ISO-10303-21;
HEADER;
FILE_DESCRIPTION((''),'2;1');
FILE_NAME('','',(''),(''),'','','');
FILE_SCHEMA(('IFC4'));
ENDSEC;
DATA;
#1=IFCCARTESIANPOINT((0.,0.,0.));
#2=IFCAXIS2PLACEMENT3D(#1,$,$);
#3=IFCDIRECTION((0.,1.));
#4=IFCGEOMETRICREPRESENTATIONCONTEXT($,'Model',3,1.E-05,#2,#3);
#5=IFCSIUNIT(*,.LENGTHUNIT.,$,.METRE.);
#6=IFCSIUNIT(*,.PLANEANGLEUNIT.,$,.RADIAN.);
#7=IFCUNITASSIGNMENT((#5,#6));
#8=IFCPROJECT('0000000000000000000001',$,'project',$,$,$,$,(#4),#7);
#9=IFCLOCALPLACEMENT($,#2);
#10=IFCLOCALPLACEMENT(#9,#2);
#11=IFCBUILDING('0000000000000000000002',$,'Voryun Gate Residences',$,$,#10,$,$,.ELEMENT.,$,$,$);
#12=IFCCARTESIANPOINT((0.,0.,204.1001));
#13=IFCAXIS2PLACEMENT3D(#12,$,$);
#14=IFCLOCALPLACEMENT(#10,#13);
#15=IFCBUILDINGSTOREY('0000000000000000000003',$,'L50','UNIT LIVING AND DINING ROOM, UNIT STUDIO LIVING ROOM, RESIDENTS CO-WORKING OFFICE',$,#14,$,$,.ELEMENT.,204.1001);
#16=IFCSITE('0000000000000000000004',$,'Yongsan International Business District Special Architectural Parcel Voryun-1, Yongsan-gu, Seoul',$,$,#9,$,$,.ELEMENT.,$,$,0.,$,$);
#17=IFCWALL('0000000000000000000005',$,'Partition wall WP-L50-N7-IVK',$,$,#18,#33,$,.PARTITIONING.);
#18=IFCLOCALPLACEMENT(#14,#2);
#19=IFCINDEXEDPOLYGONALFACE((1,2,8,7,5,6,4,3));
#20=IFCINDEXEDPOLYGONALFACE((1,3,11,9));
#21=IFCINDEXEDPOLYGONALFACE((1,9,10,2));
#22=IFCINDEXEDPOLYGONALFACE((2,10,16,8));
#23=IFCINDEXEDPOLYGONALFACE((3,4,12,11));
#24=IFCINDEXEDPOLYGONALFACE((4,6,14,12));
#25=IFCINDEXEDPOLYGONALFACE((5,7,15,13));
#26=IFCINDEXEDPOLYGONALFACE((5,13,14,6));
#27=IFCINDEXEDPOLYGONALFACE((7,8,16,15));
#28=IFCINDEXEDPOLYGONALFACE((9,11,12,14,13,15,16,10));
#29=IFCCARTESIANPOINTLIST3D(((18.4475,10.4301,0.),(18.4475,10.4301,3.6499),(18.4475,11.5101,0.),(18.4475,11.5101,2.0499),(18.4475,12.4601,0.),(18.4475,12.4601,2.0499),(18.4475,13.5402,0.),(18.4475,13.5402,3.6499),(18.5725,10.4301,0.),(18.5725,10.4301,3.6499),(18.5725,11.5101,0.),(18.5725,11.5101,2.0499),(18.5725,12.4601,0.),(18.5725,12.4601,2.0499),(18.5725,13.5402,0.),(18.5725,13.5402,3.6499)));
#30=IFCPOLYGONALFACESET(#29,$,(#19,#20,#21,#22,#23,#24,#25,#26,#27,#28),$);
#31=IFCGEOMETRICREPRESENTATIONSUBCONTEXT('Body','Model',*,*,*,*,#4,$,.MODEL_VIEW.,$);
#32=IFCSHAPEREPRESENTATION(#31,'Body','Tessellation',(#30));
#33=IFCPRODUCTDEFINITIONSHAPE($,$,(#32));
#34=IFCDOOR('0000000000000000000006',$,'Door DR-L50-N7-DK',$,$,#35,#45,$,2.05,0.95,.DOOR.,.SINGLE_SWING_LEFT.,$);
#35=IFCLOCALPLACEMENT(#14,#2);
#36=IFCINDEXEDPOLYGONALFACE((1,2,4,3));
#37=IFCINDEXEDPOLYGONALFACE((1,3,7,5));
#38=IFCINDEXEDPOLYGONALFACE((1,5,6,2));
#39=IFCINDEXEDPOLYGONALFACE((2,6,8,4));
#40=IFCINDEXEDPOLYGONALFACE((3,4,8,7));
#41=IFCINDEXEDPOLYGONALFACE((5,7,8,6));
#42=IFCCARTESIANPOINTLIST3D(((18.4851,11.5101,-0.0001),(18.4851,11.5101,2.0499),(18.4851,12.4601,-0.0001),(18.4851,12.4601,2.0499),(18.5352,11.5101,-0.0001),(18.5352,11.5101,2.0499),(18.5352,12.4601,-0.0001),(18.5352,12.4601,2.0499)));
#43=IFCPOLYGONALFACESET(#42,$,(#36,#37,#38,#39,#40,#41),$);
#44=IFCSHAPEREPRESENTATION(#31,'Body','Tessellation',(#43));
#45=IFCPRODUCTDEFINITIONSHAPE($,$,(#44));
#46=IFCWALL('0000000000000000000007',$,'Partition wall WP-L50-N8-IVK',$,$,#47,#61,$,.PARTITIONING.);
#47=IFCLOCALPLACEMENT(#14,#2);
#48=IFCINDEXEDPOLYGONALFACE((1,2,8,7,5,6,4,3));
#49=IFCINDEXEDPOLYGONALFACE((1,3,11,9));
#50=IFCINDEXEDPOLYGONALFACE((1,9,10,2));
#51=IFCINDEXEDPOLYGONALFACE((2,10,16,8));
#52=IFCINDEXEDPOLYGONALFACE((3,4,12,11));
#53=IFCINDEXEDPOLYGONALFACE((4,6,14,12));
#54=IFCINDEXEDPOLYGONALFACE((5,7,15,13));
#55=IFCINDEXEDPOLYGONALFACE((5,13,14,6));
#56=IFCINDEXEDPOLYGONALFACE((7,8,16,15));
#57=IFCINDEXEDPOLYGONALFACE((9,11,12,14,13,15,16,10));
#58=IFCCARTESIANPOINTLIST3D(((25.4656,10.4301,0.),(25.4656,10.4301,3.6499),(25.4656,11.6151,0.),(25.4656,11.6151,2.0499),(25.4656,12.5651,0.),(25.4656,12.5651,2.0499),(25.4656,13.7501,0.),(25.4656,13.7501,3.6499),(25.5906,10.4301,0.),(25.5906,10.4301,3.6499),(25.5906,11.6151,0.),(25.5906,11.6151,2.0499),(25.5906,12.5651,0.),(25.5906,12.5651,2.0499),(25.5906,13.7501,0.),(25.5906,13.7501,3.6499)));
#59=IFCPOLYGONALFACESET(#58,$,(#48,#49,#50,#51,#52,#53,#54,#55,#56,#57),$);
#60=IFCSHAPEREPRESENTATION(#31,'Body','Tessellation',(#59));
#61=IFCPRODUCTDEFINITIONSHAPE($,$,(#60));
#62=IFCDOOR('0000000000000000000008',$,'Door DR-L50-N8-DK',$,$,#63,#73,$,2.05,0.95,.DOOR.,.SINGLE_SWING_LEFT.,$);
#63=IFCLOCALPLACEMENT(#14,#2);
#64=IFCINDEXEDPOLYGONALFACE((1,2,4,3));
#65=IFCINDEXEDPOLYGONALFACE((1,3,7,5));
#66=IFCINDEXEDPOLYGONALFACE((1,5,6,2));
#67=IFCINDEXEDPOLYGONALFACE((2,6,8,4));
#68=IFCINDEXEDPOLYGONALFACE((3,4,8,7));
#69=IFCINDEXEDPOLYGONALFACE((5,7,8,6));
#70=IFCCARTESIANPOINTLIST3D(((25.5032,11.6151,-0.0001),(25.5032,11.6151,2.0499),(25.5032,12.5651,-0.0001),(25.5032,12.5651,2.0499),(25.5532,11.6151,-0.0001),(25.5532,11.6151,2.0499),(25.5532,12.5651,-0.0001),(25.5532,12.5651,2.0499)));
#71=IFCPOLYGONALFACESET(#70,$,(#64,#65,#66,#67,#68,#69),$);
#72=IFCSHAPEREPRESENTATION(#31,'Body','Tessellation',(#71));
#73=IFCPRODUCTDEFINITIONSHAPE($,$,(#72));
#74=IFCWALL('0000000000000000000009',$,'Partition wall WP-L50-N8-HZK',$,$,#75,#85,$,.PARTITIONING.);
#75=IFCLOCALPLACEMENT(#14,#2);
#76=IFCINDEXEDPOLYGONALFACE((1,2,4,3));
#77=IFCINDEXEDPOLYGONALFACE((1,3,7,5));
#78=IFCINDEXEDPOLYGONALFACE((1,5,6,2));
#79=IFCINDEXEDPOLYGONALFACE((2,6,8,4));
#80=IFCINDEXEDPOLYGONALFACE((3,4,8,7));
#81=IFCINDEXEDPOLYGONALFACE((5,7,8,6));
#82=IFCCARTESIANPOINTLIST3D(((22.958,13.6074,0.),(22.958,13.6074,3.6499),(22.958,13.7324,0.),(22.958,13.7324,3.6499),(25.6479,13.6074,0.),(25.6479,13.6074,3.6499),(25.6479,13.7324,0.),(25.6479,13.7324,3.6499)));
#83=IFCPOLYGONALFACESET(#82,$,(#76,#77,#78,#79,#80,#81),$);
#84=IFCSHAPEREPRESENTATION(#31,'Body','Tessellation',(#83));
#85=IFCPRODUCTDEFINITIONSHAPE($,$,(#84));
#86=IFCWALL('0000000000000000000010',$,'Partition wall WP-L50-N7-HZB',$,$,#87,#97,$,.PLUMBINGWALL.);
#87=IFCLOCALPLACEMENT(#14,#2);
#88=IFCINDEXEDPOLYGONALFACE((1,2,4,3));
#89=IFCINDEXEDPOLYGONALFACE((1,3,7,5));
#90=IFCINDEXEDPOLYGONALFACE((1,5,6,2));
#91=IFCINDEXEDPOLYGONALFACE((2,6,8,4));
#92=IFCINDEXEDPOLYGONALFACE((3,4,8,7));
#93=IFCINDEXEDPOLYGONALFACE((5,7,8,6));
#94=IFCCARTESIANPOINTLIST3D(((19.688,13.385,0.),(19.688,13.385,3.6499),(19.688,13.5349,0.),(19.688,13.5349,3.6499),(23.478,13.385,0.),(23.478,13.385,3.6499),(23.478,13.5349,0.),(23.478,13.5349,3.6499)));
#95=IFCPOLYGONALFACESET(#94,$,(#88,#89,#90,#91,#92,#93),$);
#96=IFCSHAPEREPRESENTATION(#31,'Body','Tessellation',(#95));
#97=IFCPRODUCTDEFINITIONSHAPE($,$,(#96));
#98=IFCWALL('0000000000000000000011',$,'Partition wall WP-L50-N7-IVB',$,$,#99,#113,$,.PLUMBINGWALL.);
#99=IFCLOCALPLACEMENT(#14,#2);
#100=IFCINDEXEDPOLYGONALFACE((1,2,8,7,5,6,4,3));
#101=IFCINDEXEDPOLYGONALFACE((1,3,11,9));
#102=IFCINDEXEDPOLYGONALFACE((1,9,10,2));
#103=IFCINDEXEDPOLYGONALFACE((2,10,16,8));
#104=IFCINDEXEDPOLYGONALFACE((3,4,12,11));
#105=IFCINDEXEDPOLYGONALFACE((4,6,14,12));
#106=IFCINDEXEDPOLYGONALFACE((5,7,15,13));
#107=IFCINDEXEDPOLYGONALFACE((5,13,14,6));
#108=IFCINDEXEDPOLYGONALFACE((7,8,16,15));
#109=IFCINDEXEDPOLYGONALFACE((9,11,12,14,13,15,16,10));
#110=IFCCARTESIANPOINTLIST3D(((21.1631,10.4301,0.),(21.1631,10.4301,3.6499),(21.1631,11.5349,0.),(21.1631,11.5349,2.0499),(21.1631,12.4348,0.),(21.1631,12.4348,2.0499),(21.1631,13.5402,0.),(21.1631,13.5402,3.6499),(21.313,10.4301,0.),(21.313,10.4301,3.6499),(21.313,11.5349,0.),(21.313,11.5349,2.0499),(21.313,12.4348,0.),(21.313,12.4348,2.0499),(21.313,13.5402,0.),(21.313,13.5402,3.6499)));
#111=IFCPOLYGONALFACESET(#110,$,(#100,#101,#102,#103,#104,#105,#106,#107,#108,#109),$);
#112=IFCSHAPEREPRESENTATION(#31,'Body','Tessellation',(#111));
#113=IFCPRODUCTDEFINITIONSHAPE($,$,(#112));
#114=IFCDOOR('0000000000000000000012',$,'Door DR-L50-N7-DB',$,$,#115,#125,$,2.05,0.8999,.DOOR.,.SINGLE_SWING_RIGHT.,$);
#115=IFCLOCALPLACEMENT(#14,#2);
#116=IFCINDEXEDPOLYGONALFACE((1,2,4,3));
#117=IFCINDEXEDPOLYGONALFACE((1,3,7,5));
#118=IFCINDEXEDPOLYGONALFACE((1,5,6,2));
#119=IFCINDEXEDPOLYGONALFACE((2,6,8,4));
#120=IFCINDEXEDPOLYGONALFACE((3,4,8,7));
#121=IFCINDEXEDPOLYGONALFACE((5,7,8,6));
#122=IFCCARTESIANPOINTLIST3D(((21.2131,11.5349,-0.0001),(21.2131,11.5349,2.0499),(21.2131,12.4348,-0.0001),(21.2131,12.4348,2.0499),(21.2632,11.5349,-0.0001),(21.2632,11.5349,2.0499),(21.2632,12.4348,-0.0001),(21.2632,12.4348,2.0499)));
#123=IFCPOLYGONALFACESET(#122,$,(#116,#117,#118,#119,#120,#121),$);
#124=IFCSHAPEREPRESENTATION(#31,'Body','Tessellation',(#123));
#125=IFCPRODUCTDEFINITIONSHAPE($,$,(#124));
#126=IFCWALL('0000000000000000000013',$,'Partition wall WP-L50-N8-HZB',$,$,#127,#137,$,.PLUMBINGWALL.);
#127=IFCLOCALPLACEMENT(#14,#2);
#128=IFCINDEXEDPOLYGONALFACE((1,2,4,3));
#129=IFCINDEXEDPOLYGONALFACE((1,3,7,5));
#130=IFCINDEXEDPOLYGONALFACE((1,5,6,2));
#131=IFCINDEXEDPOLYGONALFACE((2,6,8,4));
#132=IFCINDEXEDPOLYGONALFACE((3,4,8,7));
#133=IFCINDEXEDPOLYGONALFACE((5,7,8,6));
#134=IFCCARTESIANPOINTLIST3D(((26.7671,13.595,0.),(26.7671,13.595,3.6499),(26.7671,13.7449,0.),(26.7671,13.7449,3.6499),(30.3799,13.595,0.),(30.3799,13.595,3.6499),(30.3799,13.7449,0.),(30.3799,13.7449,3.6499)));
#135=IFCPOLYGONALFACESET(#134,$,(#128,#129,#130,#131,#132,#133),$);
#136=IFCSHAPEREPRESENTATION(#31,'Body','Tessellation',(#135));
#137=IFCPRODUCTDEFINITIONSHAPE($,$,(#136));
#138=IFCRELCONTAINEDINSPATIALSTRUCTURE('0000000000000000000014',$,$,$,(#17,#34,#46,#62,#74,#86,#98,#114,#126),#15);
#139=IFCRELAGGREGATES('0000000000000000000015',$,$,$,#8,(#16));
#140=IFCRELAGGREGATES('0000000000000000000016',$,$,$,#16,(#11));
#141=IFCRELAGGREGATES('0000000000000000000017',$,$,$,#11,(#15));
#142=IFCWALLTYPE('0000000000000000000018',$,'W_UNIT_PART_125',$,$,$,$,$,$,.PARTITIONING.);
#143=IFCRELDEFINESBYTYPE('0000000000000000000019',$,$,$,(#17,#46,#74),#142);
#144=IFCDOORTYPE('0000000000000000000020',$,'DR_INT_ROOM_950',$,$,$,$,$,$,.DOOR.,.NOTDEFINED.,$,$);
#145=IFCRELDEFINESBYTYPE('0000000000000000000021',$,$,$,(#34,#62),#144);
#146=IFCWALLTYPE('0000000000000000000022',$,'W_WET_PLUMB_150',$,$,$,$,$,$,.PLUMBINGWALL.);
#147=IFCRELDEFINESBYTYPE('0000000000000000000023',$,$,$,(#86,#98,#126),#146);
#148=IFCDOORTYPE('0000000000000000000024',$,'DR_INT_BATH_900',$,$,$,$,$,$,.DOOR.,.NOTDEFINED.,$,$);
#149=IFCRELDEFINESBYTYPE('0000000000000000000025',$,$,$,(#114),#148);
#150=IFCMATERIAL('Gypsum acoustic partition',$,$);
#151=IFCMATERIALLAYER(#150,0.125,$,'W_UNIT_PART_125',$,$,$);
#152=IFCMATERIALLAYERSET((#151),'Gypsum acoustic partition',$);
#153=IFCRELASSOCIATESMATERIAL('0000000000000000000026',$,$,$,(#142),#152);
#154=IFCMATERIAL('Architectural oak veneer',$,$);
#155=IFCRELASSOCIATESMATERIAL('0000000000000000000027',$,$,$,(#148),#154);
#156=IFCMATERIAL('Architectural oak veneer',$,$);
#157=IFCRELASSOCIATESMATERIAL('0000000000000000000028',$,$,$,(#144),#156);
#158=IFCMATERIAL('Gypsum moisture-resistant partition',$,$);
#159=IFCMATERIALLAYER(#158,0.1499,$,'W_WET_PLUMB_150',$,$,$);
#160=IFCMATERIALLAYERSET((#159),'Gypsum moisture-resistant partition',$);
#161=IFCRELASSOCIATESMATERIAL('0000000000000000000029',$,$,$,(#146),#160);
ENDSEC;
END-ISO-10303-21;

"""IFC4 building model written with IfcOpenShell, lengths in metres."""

from ifc_helpers import new_model, si_unit, direction, frame, frame_2d, origin, place, context, subcontext, project, spatial, rectangle, extrude, material, layer, layer_set, type_object, element, fill, save


model = new_model("IFC4")

# Units and contexts
model_context = context("Model", 3, precision=1e-05, world=origin(), true_north=direction((0.0, 1.0)))
body_context = subcontext(model_context, "Body", "Model", "MODEL_VIEW")
ifc_project = project(units=[si_unit("LENGTHUNIT", "METRE"), si_unit("PLANEANGLEUNIT", "RADIAN")], contexts=[model_context])

# Site, building, storey
site_placement = place(None, origin())
site = spatial("IfcSite", under=ifc_project, at=site_placement, Name="Yongsan International Business District Special Architectural Parcel Voryun-1, Yongsan-gu, Seoul", CompositionType="ELEMENT", RefElevation=0.0)
building_placement = place(site_placement, origin())
building = spatial("IfcBuilding", under=site, at=building_placement, Name="Voryun Gate Residences", CompositionType="ELEMENT")
storey_placement = place(building_placement, frame((0.0, 0.0, 204.1001)))
storey = spatial("IfcBuildingStorey", under=building, at=storey_placement, Name="L50", Description="UNIT LIVING AND DINING ROOM, UNIT STUDIO LIVING ROOM, RESIDENTS CO-WORKING OFFICE", CompositionType="ELEMENT", Elevation=204.1001)

# Walls, openings, doors
ifc_material_1 = material(Name="Gypsum acoustic partition")
ifc_layer_1 = layer(ifc_material_1, 0.125, Name="W_UNIT_PART_125")
ifc_layer_set_1 = layer_set([ifc_layer_1], Name="Gypsum acoustic partition")
wall_type_1 = type_object("IfcWallType", Name="W_UNIT_PART_125", PredefinedType="PARTITIONING", material=ifc_layer_set_1)
ifc_material_2 = material(Name="Architectural oak veneer")
door_type_1 = type_object("IfcDoorType", Name="DR_INT_BATH_900", OperationType="NOTDEFINED", PredefinedType="DOOR", material=ifc_material_2)
wall_1_placement = place(storey_placement, frame((18.51, 10.4299, 0.0), z_axis=(0.0, 0.0, 1.0), x_axis=(0.0, 1.0, 0.0)))
wall_1 = element("IfcWall", 1, at=wall_1_placement, inside=storey, type_object=wall_type_1, Name="Partition wall WP-L50-N7-IVK", PredefinedType="PARTITIONING", context=body_context, shape_type="SweptSolid", body=[
    extrude(rectangle(XDim=3.1101, YDim=0.125, at=frame_2d((1.5552, 0.0))), origin(), (0.0, 0.0, 1.0), 3.6499),
])
opening_1_placement = place(wall_1_placement, frame((1.0801, 0.0, 0.0)))
opening_1 = element("IfcOpeningElement", 2, at=opening_1_placement, cuts=wall_1, PredefinedType="OPENING", context=body_context, shape_type="SweptSolid", body=[
    extrude(rectangle(XDim=0.95, YDim=2.05, at=frame_2d((0.4751, 1.0249))), frame((0.0, 0.0725, 0.0), z_axis=(0.0, -1.0, 0.0), x_axis=(1.0, 0.0, 0.0)), (0.0, 0.0, 1.0), 0.145),
])
ifc_material_3 = material(Name="Architectural oak veneer")
door_type_2 = type_object("IfcDoorType", Name="DR_INT_ROOM_950", OperationType="NOTDEFINED", PredefinedType="DOOR", material=ifc_material_3)
door_1_placement = place(opening_1_placement, origin())
door_1 = element("IfcDoor", 3, at=door_1_placement, inside=storey, type_object=door_type_2, Name="Door DR-L50-N7-DK", OperationType="SINGLE_SWING_LEFT", OverallHeight=2.05, OverallWidth=0.95, PredefinedType="DOOR", context=body_context, shape_type="SweptSolid", body=[
    extrude(rectangle(XDim=0.95, YDim=2.05, at=frame_2d((0.4751, 1.0249))), frame((0.0, 0.0249, 0.0), z_axis=(0.0, -1.0, 0.0), x_axis=(1.0, 0.0, 0.0)), (0.0, 0.0, 1.0), 0.05),
])
fill(opening_1, door_1)
wall_2_placement = place(storey_placement, frame((25.5281, 10.4299, 0.0), z_axis=(0.0, 0.0, 1.0), x_axis=(0.0, 1.0, 0.0)))
wall_2 = element("IfcWall", 4, at=wall_2_placement, inside=storey, type_object=wall_type_1, Name="Partition wall WP-L50-N8-IVK", PredefinedType="PARTITIONING", context=body_context, shape_type="SweptSolid", body=[
    extrude(rectangle(XDim=3.3201, YDim=0.125, at=frame_2d((1.6602, 0.0))), origin(), (0.0, 0.0, 1.0), 3.6499),
])
opening_2_placement = place(wall_2_placement, frame((1.1851, 0.0, 0.0)))
opening_2 = element("IfcOpeningElement", 5, at=opening_2_placement, cuts=wall_2, PredefinedType="OPENING", context=body_context, shape_type="SweptSolid", body=[
    extrude(rectangle(XDim=0.95, YDim=2.05, at=frame_2d((0.4751, 1.0249))), frame((0.0, 0.0725, 0.0), z_axis=(0.0, -1.0, 0.0), x_axis=(1.0, 0.0, 0.0)), (0.0, 0.0, 1.0), 0.145),
])
door_2_placement = place(opening_2_placement, origin())
door_2 = element("IfcDoor", 6, at=door_2_placement, inside=storey, type_object=door_type_2, Name="Door DR-L50-N8-DK", OperationType="SINGLE_SWING_LEFT", OverallHeight=2.05, OverallWidth=0.95, PredefinedType="DOOR", context=body_context, shape_type="SweptSolid", body=[
    extrude(rectangle(XDim=0.95, YDim=2.05, at=frame_2d((0.4751, 1.0249))), frame((0.0, 0.0249, 0.0), z_axis=(0.0, -1.0, 0.0), x_axis=(1.0, 0.0, 0.0)), (0.0, 0.0, 1.0), 0.05),
])
fill(opening_2, door_2)

# Walls
wall_3_placement = place(storey_placement, frame((22.958, 13.6699, 0.0), z_axis=(0.0, 0.0, 1.0), x_axis=(1.0, 0.0, 0.0)))
element("IfcWall", 7, at=wall_3_placement, inside=storey, type_object=wall_type_1, Name="Partition wall WP-L50-N8-HZK", PredefinedType="PARTITIONING", context=body_context, shape_type="SweptSolid", body=[
    extrude(rectangle(XDim=2.6899, YDim=0.125, at=frame_2d((1.345, 0.0))), origin(), (0.0, 0.0, 1.0), 3.6499),
])
ifc_material_4 = material(Name="Gypsum moisture-resistant partition")
ifc_layer_2 = layer(ifc_material_4, 0.1499, Name="W_WET_PLUMB_150")
ifc_layer_set_2 = layer_set([ifc_layer_2], Name="Gypsum moisture-resistant partition")
wall_type_2 = type_object("IfcWallType", Name="W_WET_PLUMB_150", PredefinedType="PLUMBINGWALL", material=ifc_layer_set_2)
wall_4_placement = place(storey_placement, frame((19.688, 13.46, 0.0), z_axis=(0.0, 0.0, 1.0), x_axis=(1.0, 0.0, 0.0)))
element("IfcWall", 8, at=wall_4_placement, inside=storey, type_object=wall_type_2, Name="Partition wall WP-L50-N7-HZB", PredefinedType="PLUMBINGWALL", context=body_context, shape_type="SweptSolid", body=[
    extrude(rectangle(XDim=3.79, YDim=0.1499, at=frame_2d((1.895, 0.0))), origin(), (0.0, 0.0, 1.0), 3.6499),
])

# Wall, opening, door
wall_5_placement = place(storey_placement, frame((21.238, 10.4299, 0.0), z_axis=(0.0, 0.0, 1.0), x_axis=(0.0, 1.0, 0.0)))
wall_5 = element("IfcWall", 9, at=wall_5_placement, inside=storey, type_object=wall_type_2, Name="Partition wall WP-L50-N7-IVB", PredefinedType="PLUMBINGWALL", context=body_context, shape_type="SweptSolid", body=[
    extrude(rectangle(XDim=3.1101, YDim=0.1499, at=frame_2d((1.5552, 0.0))), origin(), (0.0, 0.0, 1.0), 3.6499),
])
opening_3_placement = place(wall_5_placement, frame((1.105, 0.0, 0.0)))
opening_3 = element("IfcOpeningElement", 10, at=opening_3_placement, cuts=wall_5, PredefinedType="OPENING", context=body_context, shape_type="SweptSolid", body=[
    extrude(rectangle(XDim=0.8999, YDim=2.05, at=frame_2d((0.45, 1.0249))), frame((0.0, 0.085, 0.0), z_axis=(0.0, -1.0, 0.0), x_axis=(1.0, 0.0, 0.0)), (0.0, 0.0, 1.0), 0.1699),
])
door_3_placement = place(opening_3_placement, origin())
door_3 = element("IfcDoor", 11, at=door_3_placement, inside=storey, type_object=door_type_1, Name="Door DR-L50-N7-DB", OperationType="SINGLE_SWING_RIGHT", OverallHeight=2.05, OverallWidth=0.8999, PredefinedType="DOOR", context=body_context, shape_type="SweptSolid", body=[
    extrude(rectangle(XDim=0.8999, YDim=2.05, at=frame_2d((0.45, 1.0249))), frame((0.0, 0.0249, 0.0), z_axis=(0.0, -1.0, 0.0), x_axis=(1.0, 0.0, 0.0)), (0.0, 0.0, 1.0), 0.05),
])
fill(opening_3, door_3)

# Wall
wall_6_placement = place(storey_placement, frame((26.7671, 13.6699, 0.0), z_axis=(0.0, 0.0, 1.0), x_axis=(1.0, 0.0, 0.0)))
element("IfcWall", 12, at=wall_6_placement, inside=storey, type_object=wall_type_2, Name="Partition wall WP-L50-N8-HZB", PredefinedType="PLUMBINGWALL", context=body_context, shape_type="SweptSolid", body=[
    extrude(rectangle(XDim=3.6128, YDim=0.1499, at=frame_2d((1.8064, 0.0))), origin(), (0.0, 0.0, 1.0), 3.6499),
])

save(model, "model.ifc")
